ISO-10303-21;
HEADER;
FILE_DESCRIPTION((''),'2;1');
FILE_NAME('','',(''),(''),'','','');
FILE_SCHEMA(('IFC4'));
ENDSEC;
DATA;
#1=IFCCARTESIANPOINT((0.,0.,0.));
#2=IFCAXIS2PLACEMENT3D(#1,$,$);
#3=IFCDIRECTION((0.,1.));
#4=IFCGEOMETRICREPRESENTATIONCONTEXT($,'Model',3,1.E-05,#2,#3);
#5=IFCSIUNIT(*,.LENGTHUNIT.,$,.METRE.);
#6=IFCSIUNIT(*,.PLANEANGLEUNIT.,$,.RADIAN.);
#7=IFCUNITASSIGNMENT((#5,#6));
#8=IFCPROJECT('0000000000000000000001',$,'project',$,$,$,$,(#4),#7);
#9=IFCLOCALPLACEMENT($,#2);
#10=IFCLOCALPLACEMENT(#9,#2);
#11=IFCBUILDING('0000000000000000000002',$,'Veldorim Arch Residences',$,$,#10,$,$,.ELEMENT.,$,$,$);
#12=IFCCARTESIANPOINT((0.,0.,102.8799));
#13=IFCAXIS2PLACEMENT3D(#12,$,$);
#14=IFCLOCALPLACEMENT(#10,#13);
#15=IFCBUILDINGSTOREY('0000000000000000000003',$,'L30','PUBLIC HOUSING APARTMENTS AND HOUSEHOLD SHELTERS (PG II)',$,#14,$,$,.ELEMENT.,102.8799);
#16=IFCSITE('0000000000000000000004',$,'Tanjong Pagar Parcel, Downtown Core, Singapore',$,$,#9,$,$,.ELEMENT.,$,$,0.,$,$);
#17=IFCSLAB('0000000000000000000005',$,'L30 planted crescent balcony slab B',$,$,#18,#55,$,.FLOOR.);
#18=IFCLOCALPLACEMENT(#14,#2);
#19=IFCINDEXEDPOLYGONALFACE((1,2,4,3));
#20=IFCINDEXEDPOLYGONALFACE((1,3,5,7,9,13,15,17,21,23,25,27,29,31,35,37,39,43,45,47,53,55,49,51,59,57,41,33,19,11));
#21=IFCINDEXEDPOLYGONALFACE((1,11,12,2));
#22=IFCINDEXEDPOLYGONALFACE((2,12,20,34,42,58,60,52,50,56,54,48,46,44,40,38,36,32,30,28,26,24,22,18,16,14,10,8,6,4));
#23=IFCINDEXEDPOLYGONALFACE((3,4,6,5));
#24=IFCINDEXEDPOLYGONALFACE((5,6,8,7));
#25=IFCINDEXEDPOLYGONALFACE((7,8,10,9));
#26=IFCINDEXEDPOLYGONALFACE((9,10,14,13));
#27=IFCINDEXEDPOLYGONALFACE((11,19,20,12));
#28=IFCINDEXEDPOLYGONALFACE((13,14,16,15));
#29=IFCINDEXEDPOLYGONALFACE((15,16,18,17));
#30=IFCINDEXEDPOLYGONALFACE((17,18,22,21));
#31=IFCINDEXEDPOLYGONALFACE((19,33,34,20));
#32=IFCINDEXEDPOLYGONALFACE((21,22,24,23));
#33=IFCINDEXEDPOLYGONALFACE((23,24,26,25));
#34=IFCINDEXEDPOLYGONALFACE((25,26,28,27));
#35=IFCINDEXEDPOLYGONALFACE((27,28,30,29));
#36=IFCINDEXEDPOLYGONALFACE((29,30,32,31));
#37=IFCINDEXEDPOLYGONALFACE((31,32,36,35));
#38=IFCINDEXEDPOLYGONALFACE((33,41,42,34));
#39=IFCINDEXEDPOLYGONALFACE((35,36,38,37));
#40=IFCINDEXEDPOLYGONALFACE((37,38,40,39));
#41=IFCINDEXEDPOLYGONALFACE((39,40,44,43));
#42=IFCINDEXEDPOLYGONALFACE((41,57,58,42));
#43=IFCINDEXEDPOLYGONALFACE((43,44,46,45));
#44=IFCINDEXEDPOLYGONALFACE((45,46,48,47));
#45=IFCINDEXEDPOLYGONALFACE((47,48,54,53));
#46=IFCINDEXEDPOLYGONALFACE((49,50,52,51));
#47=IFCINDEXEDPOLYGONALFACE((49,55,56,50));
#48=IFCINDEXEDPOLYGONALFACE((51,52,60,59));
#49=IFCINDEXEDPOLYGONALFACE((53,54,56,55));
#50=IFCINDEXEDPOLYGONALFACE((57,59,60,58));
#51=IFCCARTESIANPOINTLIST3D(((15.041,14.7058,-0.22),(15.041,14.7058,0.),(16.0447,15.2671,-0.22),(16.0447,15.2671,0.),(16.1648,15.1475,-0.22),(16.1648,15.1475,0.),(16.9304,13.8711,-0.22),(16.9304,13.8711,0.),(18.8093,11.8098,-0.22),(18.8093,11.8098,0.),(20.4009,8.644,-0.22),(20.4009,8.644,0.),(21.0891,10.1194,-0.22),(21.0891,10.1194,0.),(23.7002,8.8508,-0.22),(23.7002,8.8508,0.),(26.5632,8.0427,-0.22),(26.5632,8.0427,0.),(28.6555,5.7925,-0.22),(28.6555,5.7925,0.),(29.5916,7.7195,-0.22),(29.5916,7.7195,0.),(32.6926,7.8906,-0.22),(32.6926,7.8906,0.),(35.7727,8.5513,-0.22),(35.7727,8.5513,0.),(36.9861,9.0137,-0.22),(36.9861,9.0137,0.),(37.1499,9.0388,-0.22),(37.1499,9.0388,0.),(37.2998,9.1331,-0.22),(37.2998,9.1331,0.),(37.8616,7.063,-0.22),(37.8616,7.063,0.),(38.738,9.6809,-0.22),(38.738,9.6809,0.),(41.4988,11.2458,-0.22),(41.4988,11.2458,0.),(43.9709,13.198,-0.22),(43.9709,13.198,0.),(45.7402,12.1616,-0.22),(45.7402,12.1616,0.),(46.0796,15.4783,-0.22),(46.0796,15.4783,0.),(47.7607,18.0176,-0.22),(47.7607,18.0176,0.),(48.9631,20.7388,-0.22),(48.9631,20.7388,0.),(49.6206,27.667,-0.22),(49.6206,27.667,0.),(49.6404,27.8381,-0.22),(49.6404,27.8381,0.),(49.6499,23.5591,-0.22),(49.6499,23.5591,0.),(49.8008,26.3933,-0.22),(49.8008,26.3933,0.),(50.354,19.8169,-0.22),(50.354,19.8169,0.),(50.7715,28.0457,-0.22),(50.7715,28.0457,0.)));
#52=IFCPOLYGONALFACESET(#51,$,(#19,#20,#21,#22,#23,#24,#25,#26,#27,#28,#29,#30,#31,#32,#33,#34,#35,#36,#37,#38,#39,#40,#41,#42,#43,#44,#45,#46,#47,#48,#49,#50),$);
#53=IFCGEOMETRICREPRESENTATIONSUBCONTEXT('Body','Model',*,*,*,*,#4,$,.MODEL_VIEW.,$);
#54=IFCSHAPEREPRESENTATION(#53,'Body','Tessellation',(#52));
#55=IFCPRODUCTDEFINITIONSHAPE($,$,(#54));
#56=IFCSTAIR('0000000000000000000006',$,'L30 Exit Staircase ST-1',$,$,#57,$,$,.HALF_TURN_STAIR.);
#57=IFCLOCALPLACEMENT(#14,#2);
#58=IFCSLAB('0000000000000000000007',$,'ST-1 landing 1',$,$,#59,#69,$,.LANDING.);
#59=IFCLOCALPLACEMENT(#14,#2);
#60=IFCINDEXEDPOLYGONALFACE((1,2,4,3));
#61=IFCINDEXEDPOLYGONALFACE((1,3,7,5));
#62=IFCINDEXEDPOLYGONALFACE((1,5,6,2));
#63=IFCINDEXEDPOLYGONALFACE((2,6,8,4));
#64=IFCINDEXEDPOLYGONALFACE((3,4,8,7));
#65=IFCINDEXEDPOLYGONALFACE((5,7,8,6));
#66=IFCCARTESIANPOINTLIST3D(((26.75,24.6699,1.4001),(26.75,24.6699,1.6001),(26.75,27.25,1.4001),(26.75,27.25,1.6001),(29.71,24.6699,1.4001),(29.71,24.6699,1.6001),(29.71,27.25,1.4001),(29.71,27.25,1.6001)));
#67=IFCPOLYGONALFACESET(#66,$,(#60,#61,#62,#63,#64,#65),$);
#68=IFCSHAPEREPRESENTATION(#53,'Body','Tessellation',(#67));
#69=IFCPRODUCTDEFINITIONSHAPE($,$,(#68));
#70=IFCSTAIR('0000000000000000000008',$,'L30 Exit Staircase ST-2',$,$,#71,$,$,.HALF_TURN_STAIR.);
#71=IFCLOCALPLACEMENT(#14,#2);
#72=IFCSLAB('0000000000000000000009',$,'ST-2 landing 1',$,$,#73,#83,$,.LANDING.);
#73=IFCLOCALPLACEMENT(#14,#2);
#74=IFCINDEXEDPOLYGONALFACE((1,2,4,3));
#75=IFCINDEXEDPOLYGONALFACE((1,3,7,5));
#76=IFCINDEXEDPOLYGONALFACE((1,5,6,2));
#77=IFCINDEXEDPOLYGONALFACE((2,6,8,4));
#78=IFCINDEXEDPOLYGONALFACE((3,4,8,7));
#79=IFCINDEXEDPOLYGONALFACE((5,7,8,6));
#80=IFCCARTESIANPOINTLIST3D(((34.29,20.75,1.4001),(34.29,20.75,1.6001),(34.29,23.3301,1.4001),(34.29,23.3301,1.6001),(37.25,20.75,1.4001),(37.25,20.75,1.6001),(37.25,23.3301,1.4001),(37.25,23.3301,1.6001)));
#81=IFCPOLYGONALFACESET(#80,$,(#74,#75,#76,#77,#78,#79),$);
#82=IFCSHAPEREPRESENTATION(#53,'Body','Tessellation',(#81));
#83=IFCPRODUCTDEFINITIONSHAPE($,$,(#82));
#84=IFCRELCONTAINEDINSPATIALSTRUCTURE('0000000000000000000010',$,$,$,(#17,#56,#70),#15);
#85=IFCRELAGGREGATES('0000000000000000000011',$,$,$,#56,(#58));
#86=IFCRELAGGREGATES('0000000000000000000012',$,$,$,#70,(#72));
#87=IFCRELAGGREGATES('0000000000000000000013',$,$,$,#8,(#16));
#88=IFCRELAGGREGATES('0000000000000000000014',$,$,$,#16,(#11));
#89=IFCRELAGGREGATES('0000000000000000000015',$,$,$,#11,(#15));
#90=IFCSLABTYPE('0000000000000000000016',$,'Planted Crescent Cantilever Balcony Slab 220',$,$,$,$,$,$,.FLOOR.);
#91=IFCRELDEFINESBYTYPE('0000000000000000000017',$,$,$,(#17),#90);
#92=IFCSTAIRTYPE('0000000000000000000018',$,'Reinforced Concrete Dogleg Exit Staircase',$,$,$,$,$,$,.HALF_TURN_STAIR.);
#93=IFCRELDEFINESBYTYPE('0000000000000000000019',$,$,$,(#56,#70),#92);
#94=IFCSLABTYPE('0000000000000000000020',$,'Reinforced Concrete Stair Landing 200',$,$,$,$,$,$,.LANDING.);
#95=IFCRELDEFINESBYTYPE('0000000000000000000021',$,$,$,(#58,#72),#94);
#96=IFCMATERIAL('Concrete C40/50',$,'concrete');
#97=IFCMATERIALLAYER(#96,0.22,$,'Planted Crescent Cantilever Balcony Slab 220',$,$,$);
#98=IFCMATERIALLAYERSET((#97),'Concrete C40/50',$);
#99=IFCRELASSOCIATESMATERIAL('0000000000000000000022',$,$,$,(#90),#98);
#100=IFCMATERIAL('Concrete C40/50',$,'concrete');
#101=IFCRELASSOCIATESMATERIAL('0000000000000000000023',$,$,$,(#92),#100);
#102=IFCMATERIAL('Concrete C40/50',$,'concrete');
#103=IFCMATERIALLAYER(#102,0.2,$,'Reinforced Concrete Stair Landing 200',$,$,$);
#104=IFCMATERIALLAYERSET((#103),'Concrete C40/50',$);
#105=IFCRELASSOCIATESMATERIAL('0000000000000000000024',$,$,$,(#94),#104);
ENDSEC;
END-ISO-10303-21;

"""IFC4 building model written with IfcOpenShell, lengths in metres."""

from ifc_helpers import new_model, si_unit, direction, frame, origin, place, context, subcontext, project, spatial, polyline, outline, extrude, material, layer, layer_set, type_object, element, aggregate, save


model = new_model("IFC4")

# Units and contexts
model_context = context("Model", 3, precision=1e-05, world=origin(), true_north=direction((0.0, 1.0)))
body_context = subcontext(model_context, "Body", "Model", "MODEL_VIEW")
ifc_project = project(units=[si_unit("LENGTHUNIT", "METRE"), si_unit("PLANEANGLEUNIT", "RADIAN")], contexts=[model_context])

# Site, building, storey
site_placement = place(None, origin())
site = spatial("IfcSite", under=ifc_project, at=site_placement, Name="Tanjong Pagar Parcel, Downtown Core, Singapore", CompositionType="ELEMENT", RefElevation=0.0)
building_placement = place(site_placement, origin())
building = spatial("IfcBuilding", under=site, at=building_placement, Name="Veldorim Arch Residences", CompositionType="ELEMENT")
storey_placement = place(building_placement, frame((0.0, 0.0, 102.8799)))
storey = spatial("IfcBuildingStorey", under=building, at=storey_placement, Name="L30", Description="PUBLIC HOUSING APARTMENTS AND HOUSEHOLD SHELTERS (PG II)", CompositionType="ELEMENT", Elevation=102.8799)

# Slab
ifc_material_1 = material(Name="Concrete C40/50", Category="concrete")
ifc_layer_1 = layer(ifc_material_1, 0.22, Name="Planted Crescent Cantilever Balcony Slab 220")
ifc_layer_set_1 = layer_set([ifc_layer_1], Name="Concrete C40/50")
slab_type_1 = type_object("IfcSlabType", Name="Planted Crescent Cantilever Balcony Slab 220", PredefinedType="FLOOR", material=ifc_layer_set_1)
slab_1_placement = place(storey_placement, frame((0.0, 0.0, -0.22)))
element("IfcSlab", 1, at=slab_1_placement, inside=storey, type_object=slab_type_1, Name="L30 planted crescent balcony slab B", PredefinedType="FLOOR", context=body_context, shape_type="SweptSolid", body=[
    extrude(outline(polyline([(16.1648, 15.1475), (16.9304, 13.8711), (18.8093, 11.8098), (21.0891, 10.1194), (23.7002, 8.8508), (26.5632, 8.0427), (29.5916, 7.7195), (32.6926, 7.8906), (35.7727, 8.5513), (36.9861, 9.0137), (37.1499, 9.0388), (37.2998, 9.1331), (38.738, 9.6809), (41.4988, 11.2458), (43.9709, 13.198), (46.0796, 15.4783), (47.7607, 18.0176), (48.9631, 20.7388), (49.6499, 23.5591), (49.8008, 26.3933), (49.6206, 27.667), (49.6404, 27.8381), (50.7715, 28.0457), (50.354, 19.8169), (45.7402, 12.1616), (37.8616, 7.063), (28.6555, 5.7925), (20.4009, 8.644), (15.041, 14.7058), (16.0447, 15.2671), (16.1648, 15.1475)])), origin(), (0.0, 0.0, 1.0), 0.22),
])

# Stairs, slabs
ifc_material_2 = material(Name="Concrete C40/50", Category="concrete")
stair_type = type_object("IfcStairType", Name="Reinforced Concrete Dogleg Exit Staircase", PredefinedType="HALF_TURN_STAIR", material=ifc_material_2)
stair_1_placement = place(storey_placement, origin())
stair_1 = element("IfcStair", 2, at=stair_1_placement, inside=storey, type_object=stair_type, Name="L30 Exit Staircase ST-1", PredefinedType="HALF_TURN_STAIR")
ifc_material_3 = material(Name="Concrete C40/50", Category="concrete")
ifc_layer_2 = layer(ifc_material_3, 0.2, Name="Reinforced Concrete Stair Landing 200")
ifc_layer_set_2 = layer_set([ifc_layer_2], Name="Concrete C40/50")
slab_type_2 = type_object("IfcSlabType", Name="Reinforced Concrete Stair Landing 200", PredefinedType="LANDING", material=ifc_layer_set_2)
slab_2_placement = place(storey_placement, frame((0.0, 0.0, 1.4001)))
slab_2 = element("IfcSlab", 3, at=slab_2_placement, type_object=slab_type_2, Name="ST-1 landing 1", PredefinedType="LANDING", context=body_context, shape_type="SweptSolid", body=[
    extrude(outline(polyline([(29.71, 24.6699), (29.71, 27.25), (26.75, 27.25), (26.75, 24.6699), (29.71, 24.6699)])), origin(), (0.0, 0.0, 1.0), 0.2),
])
aggregate(stair_1, [slab_2])
stair_2_placement = place(storey_placement, origin())
stair_2 = element("IfcStair", 4, at=stair_2_placement, inside=storey, type_object=stair_type, Name="L30 Exit Staircase ST-2", PredefinedType="HALF_TURN_STAIR")
slab_3_placement = place(storey_placement, frame((0.0, 0.0, 1.4001)))
slab_3 = element("IfcSlab", 5, at=slab_3_placement, type_object=slab_type_2, Name="ST-2 landing 1", PredefinedType="LANDING", context=body_context, shape_type="SweptSolid", body=[
    extrude(outline(polyline([(34.29, 23.3301), (34.29, 20.75), (37.25, 20.75), (37.25, 23.3301), (34.29, 23.3301)])), origin(), (0.0, 0.0, 1.0), 0.2),
])
aggregate(stair_2, [slab_3])

save(model, "model.ifc")
